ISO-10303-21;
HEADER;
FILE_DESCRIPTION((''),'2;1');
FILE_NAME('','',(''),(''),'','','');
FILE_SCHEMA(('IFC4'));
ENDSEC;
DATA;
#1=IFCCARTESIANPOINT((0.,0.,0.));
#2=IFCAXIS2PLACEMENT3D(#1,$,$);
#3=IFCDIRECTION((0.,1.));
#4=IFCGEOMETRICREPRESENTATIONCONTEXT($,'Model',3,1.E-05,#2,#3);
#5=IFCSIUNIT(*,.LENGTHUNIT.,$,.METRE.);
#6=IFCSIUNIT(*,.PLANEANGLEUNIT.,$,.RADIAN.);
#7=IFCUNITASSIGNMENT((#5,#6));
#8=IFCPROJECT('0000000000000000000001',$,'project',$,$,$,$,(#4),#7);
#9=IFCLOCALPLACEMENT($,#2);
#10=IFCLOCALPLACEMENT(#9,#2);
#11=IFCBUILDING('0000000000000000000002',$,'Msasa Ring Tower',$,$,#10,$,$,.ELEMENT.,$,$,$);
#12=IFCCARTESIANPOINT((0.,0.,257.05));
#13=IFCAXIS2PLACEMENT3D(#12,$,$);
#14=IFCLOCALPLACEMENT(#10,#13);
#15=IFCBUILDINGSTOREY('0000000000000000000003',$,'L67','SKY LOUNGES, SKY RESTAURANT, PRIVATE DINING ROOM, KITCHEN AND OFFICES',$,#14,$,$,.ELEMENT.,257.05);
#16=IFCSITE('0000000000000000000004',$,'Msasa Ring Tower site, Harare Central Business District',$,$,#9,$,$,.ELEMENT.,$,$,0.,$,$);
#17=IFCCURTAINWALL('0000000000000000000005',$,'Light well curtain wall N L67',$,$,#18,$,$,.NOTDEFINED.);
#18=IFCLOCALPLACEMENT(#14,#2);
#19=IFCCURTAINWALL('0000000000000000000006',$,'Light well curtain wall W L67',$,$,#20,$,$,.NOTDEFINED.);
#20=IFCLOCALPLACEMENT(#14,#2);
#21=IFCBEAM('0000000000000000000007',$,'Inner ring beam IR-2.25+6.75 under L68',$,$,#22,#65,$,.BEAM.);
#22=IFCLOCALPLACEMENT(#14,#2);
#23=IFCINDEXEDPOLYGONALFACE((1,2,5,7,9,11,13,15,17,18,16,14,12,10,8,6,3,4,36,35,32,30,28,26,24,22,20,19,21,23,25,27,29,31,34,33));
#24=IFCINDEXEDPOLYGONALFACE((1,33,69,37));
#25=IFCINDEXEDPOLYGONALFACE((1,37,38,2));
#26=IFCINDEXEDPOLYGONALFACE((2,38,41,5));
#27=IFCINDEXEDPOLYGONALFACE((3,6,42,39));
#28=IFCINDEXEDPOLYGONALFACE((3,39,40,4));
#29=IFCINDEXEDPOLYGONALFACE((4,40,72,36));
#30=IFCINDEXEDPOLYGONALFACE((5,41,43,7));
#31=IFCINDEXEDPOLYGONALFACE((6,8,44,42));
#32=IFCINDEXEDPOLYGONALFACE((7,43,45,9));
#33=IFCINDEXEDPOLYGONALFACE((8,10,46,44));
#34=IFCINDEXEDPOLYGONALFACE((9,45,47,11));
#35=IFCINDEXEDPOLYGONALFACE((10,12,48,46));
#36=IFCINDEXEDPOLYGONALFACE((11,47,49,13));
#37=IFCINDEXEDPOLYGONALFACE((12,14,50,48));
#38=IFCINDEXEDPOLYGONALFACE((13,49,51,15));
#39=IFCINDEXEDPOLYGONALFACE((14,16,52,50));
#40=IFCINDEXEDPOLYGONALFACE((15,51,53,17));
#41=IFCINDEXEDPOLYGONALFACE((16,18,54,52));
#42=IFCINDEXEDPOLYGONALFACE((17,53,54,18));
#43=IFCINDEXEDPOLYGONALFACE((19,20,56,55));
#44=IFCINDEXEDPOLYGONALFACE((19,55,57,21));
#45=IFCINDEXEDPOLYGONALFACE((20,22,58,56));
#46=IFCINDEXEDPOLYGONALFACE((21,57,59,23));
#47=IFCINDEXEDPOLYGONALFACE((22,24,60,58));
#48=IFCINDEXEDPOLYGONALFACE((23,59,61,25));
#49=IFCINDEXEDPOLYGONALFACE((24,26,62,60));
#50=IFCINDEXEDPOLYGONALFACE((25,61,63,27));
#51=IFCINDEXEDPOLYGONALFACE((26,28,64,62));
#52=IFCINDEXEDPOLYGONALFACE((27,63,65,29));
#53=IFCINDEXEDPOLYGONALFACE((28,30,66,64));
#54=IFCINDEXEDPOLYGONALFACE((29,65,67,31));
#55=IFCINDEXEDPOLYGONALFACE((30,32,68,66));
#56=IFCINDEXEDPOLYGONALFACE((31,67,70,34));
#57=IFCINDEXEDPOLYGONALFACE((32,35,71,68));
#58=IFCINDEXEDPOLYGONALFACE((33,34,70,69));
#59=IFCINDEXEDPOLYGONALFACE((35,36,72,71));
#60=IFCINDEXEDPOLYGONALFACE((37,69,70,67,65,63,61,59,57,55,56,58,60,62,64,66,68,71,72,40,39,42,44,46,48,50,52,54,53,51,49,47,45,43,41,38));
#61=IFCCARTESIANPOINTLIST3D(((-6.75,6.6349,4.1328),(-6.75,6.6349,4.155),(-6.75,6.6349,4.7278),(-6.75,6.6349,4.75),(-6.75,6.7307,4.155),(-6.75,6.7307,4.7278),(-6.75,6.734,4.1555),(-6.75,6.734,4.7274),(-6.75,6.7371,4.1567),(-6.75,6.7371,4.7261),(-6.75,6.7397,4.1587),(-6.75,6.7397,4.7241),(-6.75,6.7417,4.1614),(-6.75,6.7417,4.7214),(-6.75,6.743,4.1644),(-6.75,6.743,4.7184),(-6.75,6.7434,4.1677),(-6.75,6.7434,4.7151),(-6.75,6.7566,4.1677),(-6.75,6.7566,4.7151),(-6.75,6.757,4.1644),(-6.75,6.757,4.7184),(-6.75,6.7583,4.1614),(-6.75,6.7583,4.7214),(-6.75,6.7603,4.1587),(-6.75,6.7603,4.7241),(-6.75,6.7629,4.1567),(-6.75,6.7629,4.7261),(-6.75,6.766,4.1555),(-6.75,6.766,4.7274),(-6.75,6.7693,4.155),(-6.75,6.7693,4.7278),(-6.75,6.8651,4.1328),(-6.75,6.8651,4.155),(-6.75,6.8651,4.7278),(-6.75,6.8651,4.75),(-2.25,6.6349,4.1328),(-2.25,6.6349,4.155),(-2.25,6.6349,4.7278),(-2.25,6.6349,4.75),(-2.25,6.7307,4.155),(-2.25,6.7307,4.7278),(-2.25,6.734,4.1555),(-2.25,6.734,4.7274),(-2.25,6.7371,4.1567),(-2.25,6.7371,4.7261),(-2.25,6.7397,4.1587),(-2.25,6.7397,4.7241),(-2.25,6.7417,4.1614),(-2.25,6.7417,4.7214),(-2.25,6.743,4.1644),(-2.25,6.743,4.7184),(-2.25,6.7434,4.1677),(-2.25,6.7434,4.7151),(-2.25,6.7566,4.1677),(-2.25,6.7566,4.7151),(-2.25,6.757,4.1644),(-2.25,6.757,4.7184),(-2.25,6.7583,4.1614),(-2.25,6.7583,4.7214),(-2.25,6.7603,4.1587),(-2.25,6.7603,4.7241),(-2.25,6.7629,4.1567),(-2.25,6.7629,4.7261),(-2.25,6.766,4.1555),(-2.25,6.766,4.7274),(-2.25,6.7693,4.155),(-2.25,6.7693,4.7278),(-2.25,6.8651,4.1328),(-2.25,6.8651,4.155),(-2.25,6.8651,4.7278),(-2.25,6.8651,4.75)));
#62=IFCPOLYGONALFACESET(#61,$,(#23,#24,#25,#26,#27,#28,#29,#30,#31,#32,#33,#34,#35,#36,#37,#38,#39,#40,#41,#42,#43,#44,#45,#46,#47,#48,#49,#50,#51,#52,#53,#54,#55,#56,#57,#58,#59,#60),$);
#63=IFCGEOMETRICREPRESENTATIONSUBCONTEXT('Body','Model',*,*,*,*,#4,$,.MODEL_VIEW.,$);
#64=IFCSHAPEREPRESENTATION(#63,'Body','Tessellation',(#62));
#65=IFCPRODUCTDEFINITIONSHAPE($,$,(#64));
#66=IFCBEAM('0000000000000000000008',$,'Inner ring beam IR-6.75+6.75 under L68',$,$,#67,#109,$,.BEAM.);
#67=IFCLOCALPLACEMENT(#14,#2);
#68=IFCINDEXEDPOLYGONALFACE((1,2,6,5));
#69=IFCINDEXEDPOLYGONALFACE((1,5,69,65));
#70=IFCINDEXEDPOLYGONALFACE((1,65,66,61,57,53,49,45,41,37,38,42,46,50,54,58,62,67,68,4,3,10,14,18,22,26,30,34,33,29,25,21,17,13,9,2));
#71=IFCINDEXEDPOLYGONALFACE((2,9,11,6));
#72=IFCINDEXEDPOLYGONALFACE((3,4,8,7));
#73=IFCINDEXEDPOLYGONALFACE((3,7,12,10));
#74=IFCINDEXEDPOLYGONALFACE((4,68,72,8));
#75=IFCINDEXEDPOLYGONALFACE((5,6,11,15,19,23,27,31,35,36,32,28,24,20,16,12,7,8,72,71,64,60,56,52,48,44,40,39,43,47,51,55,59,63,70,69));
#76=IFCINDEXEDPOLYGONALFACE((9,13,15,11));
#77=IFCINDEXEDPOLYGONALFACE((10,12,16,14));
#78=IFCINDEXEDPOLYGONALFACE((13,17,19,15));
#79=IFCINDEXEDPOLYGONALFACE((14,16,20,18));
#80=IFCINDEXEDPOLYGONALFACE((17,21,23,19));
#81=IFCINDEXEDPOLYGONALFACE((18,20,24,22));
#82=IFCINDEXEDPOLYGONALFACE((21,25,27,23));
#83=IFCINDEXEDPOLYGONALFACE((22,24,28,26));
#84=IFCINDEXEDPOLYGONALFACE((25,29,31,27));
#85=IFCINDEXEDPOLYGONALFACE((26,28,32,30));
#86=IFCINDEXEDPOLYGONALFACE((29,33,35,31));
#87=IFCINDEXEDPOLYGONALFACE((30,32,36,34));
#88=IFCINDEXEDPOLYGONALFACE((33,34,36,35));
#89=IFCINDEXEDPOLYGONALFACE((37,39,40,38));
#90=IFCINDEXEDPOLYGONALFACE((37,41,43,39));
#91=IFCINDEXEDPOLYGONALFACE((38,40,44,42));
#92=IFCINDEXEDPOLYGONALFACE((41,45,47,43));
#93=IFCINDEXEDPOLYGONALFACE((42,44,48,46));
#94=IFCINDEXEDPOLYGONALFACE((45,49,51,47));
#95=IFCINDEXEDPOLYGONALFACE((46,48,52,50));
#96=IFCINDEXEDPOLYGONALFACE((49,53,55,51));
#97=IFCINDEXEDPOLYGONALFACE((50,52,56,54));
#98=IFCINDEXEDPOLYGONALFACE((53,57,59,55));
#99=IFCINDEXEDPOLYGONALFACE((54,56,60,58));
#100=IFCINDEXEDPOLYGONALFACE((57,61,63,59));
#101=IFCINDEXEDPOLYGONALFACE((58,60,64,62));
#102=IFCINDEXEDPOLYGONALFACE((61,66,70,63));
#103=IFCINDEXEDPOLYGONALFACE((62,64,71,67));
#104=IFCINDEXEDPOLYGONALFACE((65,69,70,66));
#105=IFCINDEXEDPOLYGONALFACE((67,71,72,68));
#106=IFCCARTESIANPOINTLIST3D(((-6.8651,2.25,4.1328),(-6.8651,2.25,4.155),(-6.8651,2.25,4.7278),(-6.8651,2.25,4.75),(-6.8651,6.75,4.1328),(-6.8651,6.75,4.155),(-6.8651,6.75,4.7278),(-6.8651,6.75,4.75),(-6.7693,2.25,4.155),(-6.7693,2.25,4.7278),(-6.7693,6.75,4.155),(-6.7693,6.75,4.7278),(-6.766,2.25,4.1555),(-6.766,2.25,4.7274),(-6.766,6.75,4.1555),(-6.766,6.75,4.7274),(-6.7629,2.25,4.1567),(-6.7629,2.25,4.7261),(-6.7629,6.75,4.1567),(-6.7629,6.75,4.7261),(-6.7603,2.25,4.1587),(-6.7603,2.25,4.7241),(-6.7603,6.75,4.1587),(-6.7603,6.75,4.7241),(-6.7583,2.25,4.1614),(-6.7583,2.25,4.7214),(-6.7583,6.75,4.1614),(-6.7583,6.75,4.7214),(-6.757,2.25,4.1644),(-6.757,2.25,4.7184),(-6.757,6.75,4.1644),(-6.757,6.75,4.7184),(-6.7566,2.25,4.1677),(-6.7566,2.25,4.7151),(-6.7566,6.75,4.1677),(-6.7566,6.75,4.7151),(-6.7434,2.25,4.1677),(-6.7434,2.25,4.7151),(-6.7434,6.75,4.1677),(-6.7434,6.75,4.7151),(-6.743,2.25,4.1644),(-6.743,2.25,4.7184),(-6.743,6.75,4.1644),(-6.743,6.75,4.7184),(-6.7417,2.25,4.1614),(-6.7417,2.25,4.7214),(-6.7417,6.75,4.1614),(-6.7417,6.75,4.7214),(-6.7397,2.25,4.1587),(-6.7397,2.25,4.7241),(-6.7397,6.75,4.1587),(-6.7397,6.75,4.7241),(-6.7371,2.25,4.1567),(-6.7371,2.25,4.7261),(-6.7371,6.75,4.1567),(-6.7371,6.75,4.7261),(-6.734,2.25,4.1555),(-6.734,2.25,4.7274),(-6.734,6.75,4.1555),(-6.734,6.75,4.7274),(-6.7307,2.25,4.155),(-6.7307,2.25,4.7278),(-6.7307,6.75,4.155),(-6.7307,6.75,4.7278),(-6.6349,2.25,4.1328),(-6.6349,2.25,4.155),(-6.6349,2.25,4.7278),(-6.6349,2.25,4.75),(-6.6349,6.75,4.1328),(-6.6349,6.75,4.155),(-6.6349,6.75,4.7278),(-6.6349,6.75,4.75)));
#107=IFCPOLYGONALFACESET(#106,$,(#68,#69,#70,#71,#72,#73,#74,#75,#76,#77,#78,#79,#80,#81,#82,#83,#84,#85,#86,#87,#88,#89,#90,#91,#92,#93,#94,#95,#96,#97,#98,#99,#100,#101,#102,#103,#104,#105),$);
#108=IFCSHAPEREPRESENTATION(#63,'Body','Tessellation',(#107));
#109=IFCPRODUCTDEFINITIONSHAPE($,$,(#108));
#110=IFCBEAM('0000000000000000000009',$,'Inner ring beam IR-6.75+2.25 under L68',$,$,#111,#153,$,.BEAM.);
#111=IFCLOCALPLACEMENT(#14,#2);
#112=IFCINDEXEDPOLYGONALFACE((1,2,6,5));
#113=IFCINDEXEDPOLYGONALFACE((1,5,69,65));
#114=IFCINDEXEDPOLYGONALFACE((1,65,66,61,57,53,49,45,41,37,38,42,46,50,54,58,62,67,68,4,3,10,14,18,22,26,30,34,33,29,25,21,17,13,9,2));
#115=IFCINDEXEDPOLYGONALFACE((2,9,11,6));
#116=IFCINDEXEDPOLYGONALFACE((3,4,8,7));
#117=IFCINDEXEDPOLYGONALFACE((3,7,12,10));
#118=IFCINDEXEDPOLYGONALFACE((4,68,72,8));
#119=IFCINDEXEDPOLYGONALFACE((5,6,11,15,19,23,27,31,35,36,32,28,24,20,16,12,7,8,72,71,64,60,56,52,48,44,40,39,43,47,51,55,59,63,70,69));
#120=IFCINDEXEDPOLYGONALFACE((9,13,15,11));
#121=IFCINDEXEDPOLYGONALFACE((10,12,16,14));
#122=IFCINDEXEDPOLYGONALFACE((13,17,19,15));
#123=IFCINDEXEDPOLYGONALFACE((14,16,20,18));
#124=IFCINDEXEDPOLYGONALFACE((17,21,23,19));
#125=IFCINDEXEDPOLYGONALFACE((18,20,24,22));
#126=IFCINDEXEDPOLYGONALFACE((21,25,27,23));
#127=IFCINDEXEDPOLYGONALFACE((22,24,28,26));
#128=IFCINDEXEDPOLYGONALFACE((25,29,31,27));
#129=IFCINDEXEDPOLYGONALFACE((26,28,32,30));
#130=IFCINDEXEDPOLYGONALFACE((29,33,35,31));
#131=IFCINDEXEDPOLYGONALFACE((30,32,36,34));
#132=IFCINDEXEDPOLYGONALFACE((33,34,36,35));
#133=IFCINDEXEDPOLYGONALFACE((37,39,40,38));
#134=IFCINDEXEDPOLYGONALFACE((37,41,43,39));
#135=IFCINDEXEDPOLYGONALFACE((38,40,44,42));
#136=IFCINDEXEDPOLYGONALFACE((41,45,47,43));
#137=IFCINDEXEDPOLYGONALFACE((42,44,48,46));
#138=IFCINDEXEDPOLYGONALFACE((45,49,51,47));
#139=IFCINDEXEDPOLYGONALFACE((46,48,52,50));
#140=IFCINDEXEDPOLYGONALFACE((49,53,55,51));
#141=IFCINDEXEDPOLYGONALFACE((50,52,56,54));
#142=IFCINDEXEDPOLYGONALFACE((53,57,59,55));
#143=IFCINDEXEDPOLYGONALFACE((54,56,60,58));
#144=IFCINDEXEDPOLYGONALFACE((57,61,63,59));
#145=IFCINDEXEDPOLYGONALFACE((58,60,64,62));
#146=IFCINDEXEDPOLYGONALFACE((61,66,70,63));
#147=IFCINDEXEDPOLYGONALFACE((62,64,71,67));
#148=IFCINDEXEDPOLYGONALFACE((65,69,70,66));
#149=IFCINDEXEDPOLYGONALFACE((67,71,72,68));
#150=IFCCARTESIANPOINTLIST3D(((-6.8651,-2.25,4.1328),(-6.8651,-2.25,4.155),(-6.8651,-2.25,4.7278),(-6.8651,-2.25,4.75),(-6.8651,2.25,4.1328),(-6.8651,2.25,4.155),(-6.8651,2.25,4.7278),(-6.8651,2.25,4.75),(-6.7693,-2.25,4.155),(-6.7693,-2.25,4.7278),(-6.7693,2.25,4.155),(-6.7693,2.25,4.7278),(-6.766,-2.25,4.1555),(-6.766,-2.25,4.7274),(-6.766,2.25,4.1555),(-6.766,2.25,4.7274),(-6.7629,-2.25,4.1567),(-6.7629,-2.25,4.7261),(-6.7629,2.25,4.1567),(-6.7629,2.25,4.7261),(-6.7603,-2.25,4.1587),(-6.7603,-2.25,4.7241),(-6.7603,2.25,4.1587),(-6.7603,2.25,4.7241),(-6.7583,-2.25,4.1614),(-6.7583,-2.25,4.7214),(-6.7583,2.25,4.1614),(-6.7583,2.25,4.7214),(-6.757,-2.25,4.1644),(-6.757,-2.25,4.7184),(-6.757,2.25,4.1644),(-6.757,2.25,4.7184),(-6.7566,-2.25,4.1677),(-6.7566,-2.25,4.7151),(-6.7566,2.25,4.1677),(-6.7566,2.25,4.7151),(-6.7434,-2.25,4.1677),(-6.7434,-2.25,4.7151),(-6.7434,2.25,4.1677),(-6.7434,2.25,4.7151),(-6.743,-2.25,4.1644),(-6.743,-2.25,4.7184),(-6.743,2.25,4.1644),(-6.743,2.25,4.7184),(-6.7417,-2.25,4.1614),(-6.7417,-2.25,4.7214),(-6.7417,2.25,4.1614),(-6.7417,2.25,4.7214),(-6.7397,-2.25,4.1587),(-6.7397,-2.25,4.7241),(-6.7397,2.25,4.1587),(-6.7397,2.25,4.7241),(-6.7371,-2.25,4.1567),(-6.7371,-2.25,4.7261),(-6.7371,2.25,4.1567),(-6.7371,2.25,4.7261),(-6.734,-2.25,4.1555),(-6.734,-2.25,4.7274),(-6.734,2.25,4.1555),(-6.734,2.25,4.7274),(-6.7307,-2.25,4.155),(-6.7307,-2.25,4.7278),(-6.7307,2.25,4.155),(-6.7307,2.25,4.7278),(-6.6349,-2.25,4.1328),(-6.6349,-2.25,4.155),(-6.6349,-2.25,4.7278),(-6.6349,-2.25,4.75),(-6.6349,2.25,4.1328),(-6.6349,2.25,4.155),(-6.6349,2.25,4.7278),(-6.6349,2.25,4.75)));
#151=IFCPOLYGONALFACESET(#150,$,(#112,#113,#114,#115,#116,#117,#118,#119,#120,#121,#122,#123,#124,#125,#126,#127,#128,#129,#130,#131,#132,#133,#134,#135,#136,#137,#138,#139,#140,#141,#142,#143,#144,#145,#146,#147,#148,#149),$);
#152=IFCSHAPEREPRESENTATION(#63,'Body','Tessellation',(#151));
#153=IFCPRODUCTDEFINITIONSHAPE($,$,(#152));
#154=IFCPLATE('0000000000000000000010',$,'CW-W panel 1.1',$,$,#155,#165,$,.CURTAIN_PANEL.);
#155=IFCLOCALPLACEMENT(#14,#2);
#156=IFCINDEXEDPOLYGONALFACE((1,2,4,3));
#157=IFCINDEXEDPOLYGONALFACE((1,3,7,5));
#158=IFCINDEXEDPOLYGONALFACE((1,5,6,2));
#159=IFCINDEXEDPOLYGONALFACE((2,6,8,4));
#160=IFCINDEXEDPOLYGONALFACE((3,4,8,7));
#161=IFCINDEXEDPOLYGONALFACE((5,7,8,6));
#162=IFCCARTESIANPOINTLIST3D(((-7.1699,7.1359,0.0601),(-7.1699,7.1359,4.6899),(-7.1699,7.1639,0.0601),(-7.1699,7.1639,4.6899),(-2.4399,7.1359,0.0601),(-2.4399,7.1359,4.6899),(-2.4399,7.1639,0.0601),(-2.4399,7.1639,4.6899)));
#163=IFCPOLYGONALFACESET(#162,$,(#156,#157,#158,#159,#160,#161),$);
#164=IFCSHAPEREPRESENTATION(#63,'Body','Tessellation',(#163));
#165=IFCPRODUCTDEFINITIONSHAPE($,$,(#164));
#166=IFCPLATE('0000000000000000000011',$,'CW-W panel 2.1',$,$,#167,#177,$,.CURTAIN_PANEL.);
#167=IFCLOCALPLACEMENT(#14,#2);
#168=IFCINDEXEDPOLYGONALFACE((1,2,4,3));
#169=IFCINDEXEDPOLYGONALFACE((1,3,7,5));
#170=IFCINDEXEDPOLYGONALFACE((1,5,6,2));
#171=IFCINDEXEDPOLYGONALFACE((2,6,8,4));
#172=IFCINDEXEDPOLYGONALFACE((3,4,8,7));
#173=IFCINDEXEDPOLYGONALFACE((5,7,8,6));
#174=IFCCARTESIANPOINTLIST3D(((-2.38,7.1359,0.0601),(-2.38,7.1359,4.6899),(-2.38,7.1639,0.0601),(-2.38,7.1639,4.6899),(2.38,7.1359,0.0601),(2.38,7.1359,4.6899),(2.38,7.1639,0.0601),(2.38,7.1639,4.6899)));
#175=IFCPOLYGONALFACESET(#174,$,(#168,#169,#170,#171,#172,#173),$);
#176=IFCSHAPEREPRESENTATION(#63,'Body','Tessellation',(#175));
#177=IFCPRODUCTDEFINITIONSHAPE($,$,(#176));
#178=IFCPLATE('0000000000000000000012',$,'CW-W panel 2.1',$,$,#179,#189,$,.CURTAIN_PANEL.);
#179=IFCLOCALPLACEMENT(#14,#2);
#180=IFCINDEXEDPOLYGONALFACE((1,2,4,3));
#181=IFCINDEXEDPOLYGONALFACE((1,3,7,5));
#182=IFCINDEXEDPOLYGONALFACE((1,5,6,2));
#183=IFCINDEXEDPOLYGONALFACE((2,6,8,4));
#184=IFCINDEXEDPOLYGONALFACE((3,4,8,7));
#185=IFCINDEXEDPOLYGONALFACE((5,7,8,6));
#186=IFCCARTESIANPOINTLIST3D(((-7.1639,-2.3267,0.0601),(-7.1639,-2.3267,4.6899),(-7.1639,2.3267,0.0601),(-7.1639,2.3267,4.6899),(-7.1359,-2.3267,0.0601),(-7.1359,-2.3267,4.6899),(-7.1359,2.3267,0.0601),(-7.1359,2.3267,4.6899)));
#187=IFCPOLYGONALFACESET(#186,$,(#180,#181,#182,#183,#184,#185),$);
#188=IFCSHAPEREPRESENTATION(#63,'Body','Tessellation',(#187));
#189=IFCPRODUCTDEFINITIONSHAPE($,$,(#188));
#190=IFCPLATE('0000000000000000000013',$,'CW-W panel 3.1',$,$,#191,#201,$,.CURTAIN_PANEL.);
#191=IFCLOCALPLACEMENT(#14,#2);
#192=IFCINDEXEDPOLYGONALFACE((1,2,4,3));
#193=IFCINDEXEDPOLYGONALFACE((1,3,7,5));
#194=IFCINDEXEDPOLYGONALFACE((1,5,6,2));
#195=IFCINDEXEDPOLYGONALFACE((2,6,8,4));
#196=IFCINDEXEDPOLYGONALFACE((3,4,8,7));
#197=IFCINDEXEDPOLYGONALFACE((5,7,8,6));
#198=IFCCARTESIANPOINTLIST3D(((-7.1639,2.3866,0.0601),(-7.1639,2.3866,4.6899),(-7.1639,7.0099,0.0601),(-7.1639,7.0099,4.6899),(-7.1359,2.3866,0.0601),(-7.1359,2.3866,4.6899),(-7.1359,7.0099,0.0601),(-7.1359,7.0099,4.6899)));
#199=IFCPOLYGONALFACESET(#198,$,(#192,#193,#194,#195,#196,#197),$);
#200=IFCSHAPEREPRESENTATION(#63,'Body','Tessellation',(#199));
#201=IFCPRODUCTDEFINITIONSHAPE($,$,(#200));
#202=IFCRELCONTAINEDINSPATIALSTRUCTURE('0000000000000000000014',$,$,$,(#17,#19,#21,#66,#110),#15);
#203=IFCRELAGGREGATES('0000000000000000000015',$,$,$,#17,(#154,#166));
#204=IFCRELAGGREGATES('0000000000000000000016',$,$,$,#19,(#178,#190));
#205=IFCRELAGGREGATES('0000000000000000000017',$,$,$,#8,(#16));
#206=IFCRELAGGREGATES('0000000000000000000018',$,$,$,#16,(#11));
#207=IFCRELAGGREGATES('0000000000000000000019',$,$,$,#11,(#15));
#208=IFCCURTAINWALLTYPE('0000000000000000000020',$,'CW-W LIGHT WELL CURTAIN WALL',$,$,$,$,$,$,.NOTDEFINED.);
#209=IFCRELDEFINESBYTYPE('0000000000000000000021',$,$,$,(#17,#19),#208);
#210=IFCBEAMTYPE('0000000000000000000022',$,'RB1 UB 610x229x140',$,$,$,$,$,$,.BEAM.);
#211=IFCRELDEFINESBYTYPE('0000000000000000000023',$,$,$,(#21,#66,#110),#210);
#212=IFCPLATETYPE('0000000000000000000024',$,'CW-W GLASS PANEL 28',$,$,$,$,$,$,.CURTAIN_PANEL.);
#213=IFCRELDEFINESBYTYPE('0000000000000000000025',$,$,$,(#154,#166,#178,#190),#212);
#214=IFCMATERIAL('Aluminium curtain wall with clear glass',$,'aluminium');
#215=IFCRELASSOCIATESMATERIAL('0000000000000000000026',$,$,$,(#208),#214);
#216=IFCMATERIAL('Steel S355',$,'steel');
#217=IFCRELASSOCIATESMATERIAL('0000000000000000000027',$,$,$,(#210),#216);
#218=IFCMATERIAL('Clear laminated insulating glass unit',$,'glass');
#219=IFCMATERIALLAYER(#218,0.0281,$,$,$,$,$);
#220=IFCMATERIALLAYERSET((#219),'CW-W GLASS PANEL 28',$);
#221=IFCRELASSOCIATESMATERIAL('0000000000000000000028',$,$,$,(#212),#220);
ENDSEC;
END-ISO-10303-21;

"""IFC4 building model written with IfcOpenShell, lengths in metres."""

from ifc_helpers import new_model, si_unit, direction, frame, origin, origin_2d, place, context, subcontext, project, spatial, rectangle, i_section, extrude, material, layer, layer_set, material_profile, profile_set, type_object, element, aggregate, save


model = new_model("IFC4")

# Units and contexts
model_context = context("Model", 3, precision=1e-05, world=origin(), true_north=direction((0.0, 1.0)))
body_context = subcontext(model_context, "Body", "Model", "MODEL_VIEW")
ifc_project = project(units=[si_unit("LENGTHUNIT", "METRE"), si_unit("PLANEANGLEUNIT", "RADIAN")], contexts=[model_context])

# Site, building, storey
site_placement = place(None, origin())
site = spatial("IfcSite", under=ifc_project, at=site_placement, Name="Msasa Ring Tower site, Harare Central Business District", CompositionType="ELEMENT", RefElevation=0.0)
building_placement = place(site_placement, origin())
building = spatial("IfcBuilding", under=site, at=building_placement, Name="Msasa Ring Tower", CompositionType="ELEMENT")
storey_placement = place(building_placement, frame((0.0, 0.0, 257.05)))
storey = spatial("IfcBuildingStorey", under=building, at=storey_placement, Name="L67", Description="SKY LOUNGES, SKY RESTAURANT, PRIVATE DINING ROOM, KITCHEN AND OFFICES", CompositionType="ELEMENT", Elevation=257.05)

# Curtain walls
ifc_material_1 = material(Name="Aluminium curtain wall with clear glass", Category="aluminium")
curtain_wall_type = type_object("IfcCurtainWallType", Name="CW-W LIGHT WELL CURTAIN WALL", PredefinedType="NOTDEFINED", material=ifc_material_1)
curtain_wall_1_placement = place(storey_placement, origin())
curtain_wall_1 = element("IfcCurtainWall", 1, at=curtain_wall_1_placement, inside=storey, type_object=curtain_wall_type, Name="Light well curtain wall N L67", PredefinedType="NOTDEFINED")
curtain_wall_2_placement = place(storey_placement, origin())
curtain_wall_2 = element("IfcCurtainWall", 2, at=curtain_wall_2_placement, inside=storey, type_object=curtain_wall_type, Name="Light well curtain wall W L67", PredefinedType="NOTDEFINED")

# Beams
ifc_material_2 = material(Name="Steel S355", Category="steel")
ifc_material_profile_1 = material_profile(ifc_material_2, i_section(OverallWidth=0.2302, OverallDepth=0.6172, WebThickness=0.0132, FlangeThickness=0.0222, FilletRadius=0.0127, at=origin_2d()), Name="UB 610x229x140")
ifc_profile_set_1 = profile_set([ifc_material_profile_1], Name="Steel S355")
beam_type = type_object("IfcBeamType", Name="RB1 UB 610x229x140", PredefinedType="BEAM", material=ifc_profile_set_1)
for number, where, z_axis, x_axis, name in (
    (3, (-2.25, 6.75, 4.4414), (-1.0, 0.0, 0.0), (0.0, -1.0, 0.0), "Inner ring beam IR-2.25+6.75 under L68"),
    (4, (-6.75, 6.75, 4.4414), (0.0, -1.0, 0.0), (1.0, 0.0, 0.0), "Inner ring beam IR-6.75+6.75 under L68"),
    (5, (-6.75, 2.25, 4.4414), (0.0, -1.0, 0.0), (1.0, 0.0, 0.0), "Inner ring beam IR-6.75+2.25 under L68"),
):
    element("IfcBeam", number, at=place(storey_placement, frame(where, z_axis=z_axis, x_axis=x_axis)), inside=storey, type_object=beam_type, Name=name, PredefinedType="BEAM", context=body_context, shape_type="SweptSolid", body=[
        extrude(i_section(OverallWidth=0.2302, OverallDepth=0.6172, WebThickness=0.0132, FlangeThickness=0.0222, FilletRadius=0.0127, at=origin_2d()), origin(), (0.0, 0.0, 1.0), 4.5),
    ])

# Plates
ifc_material_3 = material(Name="Clear laminated insulating glass unit", Category="glass")
ifc_layer_1 = layer(ifc_material_3, 0.0281)
ifc_layer_set_1 = layer_set([ifc_layer_1], Name="CW-W GLASS PANEL 28")
plate_type = type_object("IfcPlateType", Name="CW-W GLASS PANEL 28", PredefinedType="CURTAIN_PANEL", material=ifc_layer_set_1)
plate_1_placement = place(storey_placement, frame((-4.8049, 7.1499, 0.0601), z_axis=(0.0, 0.0, 1.0), x_axis=(1.0, 0.0, 0.0)))
plate_1 = element("IfcPlate", 6, at=plate_1_placement, type_object=plate_type, Name="CW-W panel 1.1", PredefinedType="CURTAIN_PANEL", context=body_context, shape_type="SweptSolid", body=[
    extrude(rectangle(XDim=4.73, YDim=0.0281, at=origin_2d()), origin(), (0.0, 0.0, 1.0), 4.6299),
])
plate_2_placement = place(storey_placement, frame((0.0, 7.1499, 0.0601), z_axis=(0.0, 0.0, 1.0), x_axis=(1.0, 0.0, 0.0)))
plate_2 = element("IfcPlate", 7, at=plate_2_placement, type_object=plate_type, Name="CW-W panel 2.1", PredefinedType="CURTAIN_PANEL", context=body_context, shape_type="SweptSolid", body=[
    extrude(rectangle(XDim=4.76, YDim=0.0281, at=origin_2d()), origin(), (0.0, 0.0, 1.0), 4.6299),
])
aggregate(curtain_wall_1, [plate_1, plate_2])
plate_3_placement = place(storey_placement, frame((-7.1499, 0.0, 0.0601), z_axis=(0.0, 0.0, 1.0), x_axis=(0.0, 1.0, 0.0)))
plate_3 = element("IfcPlate", 8, at=plate_3_placement, type_object=plate_type, Name="CW-W panel 2.1", PredefinedType="CURTAIN_PANEL", context=body_context, shape_type="SweptSolid", body=[
    extrude(rectangle(XDim=4.6533, YDim=0.0281, at=origin_2d()), origin(), (0.0, 0.0, 1.0), 4.6299),
])
plate_4_placement = place(storey_placement, frame((-7.1499, 4.6982, 0.0601), z_axis=(0.0, 0.0, 1.0), x_axis=(0.0, 1.0, 0.0)))
plate_4 = element("IfcPlate", 9, at=plate_4_placement, type_object=plate_type, Name="CW-W panel 3.1", PredefinedType="CURTAIN_PANEL", context=body_context, shape_type="SweptSolid", body=[
    extrude(rectangle(XDim=4.6233, YDim=0.0281, at=origin_2d()), origin(), (0.0, 0.0, 1.0), 4.6299),
])
aggregate(curtain_wall_2, [plate_3, plate_4])

save(model, "model.ifc")
